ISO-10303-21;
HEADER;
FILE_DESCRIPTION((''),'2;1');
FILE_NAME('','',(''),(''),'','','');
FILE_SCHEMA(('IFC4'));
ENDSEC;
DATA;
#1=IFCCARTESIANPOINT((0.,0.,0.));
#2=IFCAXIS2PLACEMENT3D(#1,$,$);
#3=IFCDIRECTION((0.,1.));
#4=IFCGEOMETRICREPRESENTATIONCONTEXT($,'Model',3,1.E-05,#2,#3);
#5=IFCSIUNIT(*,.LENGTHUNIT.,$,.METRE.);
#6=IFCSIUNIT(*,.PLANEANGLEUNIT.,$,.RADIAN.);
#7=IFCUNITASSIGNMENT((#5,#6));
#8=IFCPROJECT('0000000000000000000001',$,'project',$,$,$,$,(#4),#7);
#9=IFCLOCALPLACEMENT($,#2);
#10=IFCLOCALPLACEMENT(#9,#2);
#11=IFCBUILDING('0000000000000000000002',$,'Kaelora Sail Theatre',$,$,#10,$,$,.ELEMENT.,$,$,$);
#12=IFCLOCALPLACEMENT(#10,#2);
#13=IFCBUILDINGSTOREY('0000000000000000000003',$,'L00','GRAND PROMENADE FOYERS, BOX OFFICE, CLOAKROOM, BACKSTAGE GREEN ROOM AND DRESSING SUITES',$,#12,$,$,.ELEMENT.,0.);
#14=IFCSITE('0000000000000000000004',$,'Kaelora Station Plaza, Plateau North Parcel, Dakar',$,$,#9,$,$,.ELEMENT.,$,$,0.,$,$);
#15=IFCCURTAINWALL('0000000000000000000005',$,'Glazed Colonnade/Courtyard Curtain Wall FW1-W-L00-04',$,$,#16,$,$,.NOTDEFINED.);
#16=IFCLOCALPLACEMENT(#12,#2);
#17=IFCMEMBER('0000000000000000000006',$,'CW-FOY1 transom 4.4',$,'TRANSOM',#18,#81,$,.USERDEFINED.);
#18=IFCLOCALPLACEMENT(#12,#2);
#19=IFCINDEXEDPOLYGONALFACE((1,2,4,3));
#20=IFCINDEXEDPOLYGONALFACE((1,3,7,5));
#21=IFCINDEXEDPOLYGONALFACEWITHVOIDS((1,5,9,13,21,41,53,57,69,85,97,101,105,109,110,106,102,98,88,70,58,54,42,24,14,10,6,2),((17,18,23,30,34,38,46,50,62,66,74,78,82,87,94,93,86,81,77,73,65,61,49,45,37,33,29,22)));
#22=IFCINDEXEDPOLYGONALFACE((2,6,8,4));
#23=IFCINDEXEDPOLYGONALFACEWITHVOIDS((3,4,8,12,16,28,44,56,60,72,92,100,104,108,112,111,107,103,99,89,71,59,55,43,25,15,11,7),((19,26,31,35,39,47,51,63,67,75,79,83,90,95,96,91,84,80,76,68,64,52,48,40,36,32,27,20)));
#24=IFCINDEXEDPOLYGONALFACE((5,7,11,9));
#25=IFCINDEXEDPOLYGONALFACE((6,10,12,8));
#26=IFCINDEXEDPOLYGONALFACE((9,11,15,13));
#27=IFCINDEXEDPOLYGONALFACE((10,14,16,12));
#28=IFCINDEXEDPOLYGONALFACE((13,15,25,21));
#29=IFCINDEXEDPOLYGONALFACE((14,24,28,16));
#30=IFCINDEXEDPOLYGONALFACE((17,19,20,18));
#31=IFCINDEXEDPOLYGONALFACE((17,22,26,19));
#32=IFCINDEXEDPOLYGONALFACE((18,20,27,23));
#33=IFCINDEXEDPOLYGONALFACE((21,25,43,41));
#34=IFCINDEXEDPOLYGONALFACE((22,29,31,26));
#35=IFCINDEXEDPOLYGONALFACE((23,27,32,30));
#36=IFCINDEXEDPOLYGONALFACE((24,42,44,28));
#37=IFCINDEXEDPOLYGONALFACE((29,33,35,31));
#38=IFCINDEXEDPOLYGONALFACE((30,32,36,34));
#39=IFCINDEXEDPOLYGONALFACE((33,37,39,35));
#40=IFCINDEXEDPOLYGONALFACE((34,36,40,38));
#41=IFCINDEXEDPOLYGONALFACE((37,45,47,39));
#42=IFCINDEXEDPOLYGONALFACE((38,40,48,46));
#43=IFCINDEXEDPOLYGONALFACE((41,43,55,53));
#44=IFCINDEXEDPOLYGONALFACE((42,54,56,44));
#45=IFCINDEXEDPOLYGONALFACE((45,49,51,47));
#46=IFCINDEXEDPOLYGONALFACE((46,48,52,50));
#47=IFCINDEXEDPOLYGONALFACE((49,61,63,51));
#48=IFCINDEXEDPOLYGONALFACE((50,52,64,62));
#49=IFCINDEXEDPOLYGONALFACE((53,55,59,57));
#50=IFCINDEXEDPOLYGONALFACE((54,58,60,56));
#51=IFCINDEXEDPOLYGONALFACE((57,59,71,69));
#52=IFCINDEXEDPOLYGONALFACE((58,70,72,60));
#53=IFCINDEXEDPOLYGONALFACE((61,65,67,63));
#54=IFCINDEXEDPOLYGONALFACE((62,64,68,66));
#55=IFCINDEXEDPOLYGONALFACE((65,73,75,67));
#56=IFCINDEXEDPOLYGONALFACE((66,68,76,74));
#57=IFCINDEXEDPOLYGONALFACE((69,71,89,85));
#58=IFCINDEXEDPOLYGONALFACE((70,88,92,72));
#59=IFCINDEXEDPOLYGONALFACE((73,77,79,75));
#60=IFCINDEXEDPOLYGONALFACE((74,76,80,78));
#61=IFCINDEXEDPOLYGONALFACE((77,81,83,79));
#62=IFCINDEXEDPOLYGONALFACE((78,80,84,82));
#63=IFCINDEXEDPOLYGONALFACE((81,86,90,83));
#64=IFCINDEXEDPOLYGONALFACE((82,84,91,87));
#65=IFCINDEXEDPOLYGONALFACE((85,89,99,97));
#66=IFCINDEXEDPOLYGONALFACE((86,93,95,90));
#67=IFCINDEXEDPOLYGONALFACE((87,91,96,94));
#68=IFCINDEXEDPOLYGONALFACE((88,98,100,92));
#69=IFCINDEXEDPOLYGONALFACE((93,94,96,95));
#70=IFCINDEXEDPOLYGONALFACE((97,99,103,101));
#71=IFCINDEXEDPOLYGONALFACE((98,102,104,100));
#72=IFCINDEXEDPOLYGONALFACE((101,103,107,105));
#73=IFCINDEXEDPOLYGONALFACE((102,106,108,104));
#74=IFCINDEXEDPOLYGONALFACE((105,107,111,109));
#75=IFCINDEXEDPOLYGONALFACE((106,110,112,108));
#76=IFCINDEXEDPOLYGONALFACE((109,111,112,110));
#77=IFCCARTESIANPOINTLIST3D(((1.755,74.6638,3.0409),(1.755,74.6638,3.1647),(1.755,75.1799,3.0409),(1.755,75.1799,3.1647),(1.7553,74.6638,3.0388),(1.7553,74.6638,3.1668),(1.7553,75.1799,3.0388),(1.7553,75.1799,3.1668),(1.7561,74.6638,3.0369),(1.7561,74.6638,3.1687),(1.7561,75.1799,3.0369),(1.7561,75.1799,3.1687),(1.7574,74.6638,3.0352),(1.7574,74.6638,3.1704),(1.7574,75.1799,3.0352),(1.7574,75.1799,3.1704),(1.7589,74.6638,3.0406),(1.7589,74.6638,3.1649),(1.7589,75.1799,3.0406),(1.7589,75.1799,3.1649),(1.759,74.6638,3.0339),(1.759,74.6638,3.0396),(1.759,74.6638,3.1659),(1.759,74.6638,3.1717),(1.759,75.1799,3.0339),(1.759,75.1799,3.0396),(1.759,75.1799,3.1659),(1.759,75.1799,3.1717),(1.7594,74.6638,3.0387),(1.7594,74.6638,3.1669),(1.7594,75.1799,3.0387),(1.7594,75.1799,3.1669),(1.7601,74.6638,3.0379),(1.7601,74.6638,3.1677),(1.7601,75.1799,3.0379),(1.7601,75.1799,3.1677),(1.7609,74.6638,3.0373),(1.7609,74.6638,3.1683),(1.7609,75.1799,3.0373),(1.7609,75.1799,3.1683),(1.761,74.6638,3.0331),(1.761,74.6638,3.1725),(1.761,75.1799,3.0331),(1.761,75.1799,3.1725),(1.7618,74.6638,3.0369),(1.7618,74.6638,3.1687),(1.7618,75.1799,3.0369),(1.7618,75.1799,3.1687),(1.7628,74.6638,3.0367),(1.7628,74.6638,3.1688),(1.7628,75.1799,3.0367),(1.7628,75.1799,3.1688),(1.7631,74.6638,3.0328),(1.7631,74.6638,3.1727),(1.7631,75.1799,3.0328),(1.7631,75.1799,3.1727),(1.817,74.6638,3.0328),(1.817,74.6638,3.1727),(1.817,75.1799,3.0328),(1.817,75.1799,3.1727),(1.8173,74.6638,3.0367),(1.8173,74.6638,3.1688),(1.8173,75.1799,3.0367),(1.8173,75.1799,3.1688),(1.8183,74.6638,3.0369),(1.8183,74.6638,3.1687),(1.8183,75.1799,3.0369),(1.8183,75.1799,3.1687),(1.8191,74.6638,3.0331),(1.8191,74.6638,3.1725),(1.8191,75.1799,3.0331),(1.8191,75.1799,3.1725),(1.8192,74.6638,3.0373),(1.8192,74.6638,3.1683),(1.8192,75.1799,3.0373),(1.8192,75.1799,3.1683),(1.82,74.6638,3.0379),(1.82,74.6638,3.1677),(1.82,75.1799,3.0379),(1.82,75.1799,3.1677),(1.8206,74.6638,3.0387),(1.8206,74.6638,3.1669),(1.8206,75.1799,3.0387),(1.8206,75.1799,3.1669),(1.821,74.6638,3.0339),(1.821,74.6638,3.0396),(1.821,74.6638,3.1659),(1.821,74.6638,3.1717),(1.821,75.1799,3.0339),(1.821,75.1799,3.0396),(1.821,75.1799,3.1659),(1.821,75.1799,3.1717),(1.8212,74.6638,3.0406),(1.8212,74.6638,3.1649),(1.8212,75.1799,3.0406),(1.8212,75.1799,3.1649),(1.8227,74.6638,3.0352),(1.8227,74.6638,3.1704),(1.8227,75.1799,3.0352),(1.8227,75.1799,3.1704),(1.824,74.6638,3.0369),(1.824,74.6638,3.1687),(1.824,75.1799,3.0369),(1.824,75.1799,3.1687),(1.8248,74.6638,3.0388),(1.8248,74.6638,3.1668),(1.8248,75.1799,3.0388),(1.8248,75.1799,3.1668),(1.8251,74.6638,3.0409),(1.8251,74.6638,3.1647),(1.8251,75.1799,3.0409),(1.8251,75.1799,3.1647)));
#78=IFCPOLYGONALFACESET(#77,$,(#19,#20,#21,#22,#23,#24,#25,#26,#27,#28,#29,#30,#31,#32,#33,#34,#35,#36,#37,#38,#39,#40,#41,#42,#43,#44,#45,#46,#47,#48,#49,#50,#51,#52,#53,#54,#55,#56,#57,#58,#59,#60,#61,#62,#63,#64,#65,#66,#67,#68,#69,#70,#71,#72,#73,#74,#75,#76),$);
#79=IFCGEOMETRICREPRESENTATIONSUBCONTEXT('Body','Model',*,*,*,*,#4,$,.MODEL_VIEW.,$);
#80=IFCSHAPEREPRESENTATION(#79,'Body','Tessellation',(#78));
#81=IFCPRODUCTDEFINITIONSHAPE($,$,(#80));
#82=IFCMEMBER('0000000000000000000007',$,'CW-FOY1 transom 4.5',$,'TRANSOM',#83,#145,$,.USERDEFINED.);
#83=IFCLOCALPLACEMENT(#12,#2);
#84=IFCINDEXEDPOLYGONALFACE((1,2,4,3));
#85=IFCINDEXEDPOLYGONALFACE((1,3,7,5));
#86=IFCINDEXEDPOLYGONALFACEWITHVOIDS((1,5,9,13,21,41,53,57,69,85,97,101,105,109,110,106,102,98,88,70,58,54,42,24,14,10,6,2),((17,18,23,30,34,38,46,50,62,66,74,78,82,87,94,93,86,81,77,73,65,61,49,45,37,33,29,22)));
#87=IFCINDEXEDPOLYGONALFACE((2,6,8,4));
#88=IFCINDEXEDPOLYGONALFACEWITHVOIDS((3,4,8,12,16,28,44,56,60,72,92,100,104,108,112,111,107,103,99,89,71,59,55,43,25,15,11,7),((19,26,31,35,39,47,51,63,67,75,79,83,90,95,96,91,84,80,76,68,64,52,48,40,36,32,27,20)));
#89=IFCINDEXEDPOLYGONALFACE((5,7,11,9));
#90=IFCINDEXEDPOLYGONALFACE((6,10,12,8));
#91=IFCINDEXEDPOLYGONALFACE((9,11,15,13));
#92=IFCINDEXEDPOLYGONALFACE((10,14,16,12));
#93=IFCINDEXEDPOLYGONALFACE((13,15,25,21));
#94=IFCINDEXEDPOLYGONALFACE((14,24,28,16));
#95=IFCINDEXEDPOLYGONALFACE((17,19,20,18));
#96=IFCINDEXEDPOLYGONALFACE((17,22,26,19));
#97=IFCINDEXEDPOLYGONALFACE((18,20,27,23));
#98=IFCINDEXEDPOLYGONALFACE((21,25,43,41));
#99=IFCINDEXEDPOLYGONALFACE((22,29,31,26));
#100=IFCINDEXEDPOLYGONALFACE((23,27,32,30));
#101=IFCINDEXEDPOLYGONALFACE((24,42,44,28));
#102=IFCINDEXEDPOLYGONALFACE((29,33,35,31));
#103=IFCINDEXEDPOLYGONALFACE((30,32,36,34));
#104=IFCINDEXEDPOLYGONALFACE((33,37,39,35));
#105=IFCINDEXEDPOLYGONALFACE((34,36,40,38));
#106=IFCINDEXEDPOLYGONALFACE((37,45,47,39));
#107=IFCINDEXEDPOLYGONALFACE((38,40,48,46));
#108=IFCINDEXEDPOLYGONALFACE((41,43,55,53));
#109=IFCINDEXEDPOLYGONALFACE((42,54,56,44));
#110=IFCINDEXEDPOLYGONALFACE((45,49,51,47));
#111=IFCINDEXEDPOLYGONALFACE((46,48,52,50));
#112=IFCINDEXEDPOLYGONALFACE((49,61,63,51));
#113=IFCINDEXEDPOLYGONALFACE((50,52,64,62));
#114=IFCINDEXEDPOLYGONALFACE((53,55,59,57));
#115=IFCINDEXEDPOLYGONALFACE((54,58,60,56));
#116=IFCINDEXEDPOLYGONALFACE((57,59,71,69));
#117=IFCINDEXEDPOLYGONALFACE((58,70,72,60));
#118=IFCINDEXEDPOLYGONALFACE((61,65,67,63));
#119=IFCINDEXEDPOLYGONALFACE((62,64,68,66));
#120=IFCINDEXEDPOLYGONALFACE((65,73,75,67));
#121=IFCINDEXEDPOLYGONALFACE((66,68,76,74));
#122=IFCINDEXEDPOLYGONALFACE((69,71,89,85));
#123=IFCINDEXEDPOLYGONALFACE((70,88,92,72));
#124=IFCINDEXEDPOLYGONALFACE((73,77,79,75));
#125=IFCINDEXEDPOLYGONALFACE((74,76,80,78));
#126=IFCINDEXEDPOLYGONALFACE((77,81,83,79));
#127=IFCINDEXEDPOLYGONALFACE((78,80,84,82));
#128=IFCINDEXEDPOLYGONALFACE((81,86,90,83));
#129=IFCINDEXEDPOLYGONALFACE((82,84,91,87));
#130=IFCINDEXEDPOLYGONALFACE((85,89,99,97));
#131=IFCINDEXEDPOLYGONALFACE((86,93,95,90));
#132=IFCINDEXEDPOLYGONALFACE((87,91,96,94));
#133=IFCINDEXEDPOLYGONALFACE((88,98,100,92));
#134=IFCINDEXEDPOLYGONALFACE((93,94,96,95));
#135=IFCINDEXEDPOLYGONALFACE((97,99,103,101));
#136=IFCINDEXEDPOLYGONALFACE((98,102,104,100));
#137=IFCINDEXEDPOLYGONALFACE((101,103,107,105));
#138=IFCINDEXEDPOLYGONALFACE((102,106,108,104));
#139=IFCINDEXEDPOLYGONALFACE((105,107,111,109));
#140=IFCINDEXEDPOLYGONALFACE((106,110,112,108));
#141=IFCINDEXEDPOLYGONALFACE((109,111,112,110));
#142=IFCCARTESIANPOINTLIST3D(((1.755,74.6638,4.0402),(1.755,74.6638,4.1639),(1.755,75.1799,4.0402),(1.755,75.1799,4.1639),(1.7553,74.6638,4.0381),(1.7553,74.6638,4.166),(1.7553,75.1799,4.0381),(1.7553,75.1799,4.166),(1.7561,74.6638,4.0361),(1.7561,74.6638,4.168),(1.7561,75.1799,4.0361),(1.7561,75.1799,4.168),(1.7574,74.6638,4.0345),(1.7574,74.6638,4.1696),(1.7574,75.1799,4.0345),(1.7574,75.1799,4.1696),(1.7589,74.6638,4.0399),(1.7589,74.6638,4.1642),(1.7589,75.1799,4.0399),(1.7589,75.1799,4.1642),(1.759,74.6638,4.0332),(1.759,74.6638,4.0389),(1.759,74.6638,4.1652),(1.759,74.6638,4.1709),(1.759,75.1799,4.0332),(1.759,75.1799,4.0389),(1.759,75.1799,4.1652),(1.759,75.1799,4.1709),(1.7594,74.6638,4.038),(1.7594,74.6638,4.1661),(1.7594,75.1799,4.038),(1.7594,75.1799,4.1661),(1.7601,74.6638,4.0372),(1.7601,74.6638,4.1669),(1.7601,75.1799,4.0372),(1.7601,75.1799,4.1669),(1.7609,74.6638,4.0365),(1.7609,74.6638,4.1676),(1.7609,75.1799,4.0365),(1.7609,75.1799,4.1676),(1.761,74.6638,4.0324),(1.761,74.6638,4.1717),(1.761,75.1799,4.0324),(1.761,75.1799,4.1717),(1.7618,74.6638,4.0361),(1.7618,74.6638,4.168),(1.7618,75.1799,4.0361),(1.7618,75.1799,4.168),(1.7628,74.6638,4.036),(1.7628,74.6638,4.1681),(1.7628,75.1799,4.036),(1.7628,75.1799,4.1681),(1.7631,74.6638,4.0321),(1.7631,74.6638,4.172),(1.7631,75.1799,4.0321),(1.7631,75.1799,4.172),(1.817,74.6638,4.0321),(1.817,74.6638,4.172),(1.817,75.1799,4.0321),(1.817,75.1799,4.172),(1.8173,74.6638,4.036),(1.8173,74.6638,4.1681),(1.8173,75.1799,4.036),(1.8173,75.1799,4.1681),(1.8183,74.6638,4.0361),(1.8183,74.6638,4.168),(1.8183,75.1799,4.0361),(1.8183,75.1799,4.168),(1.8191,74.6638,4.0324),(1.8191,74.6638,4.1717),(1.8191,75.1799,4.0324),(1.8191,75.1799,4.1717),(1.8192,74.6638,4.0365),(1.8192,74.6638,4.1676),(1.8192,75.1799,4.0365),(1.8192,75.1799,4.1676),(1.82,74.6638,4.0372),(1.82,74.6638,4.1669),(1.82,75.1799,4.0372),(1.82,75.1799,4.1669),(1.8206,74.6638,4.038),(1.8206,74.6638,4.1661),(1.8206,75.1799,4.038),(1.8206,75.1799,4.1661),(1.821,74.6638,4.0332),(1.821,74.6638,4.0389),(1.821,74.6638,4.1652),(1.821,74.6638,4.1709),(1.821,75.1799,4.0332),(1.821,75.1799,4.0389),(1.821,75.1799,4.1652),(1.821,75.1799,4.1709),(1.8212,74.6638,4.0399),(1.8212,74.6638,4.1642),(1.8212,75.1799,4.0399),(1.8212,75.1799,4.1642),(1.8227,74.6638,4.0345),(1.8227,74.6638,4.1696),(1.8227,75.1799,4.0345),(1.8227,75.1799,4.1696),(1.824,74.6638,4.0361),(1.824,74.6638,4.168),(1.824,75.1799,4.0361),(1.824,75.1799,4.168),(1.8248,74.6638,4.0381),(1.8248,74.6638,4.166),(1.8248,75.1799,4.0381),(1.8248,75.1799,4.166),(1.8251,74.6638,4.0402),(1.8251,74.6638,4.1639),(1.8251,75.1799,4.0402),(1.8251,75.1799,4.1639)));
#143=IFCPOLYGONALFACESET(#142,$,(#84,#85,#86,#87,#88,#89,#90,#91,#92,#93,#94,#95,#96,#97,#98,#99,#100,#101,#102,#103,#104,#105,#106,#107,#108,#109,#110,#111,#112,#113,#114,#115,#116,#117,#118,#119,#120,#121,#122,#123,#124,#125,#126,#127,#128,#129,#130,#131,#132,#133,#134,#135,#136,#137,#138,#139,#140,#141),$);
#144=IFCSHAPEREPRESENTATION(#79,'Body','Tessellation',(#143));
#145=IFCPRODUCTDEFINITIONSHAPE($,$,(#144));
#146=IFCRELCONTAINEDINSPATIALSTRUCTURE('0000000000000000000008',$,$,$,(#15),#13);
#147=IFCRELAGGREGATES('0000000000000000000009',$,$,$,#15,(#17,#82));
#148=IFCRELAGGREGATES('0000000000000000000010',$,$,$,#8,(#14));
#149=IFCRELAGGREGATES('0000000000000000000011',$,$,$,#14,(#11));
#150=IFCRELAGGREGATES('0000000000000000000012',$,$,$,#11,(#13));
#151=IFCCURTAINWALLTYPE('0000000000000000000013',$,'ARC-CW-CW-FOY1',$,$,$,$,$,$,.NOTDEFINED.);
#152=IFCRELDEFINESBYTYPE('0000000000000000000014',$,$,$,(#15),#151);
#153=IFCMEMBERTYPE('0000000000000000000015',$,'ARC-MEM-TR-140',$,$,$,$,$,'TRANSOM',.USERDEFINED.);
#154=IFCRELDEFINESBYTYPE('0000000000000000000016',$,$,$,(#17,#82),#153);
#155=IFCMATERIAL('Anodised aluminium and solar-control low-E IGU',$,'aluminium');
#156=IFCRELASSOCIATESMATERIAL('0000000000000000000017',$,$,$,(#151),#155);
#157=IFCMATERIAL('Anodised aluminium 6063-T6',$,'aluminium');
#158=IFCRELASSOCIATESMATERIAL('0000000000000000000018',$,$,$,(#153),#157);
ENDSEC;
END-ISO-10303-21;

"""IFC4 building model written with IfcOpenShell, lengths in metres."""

from ifc_helpers import new_model, si_unit, direction, frame, origin, origin_2d, place, context, subcontext, project, spatial, hollow_rectangle, extrude, material, material_profile, profile_set, type_object, element, aggregate, save


model = new_model("IFC4")

# Units and contexts
model_context = context("Model", 3, precision=1e-05, world=origin(), true_north=direction((0.0, 1.0)))
body_context = subcontext(model_context, "Body", "Model", "MODEL_VIEW")
ifc_project = project(units=[si_unit("LENGTHUNIT", "METRE"), si_unit("PLANEANGLEUNIT", "RADIAN")], contexts=[model_context])

# Site, building, storey
site_placement = place(None, origin())
site = spatial("IfcSite", under=ifc_project, at=site_placement, Name="Kaelora Station Plaza, Plateau North Parcel, Dakar", CompositionType="ELEMENT", RefElevation=0.0)
building_placement = place(site_placement, origin())
building = spatial("IfcBuilding", under=site, at=building_placement, Name="Kaelora Sail Theatre", CompositionType="ELEMENT")
storey_placement = place(building_placement, origin())
storey = spatial("IfcBuildingStorey", under=building, at=storey_placement, Name="L00", Description="GRAND PROMENADE FOYERS, BOX OFFICE, CLOAKROOM, BACKSTAGE GREEN ROOM AND DRESSING SUITES", CompositionType="ELEMENT", Elevation=0.0)

# Curtain wall
ifc_material_1 = material(Name="Anodised aluminium and solar-control low-E IGU", Category="aluminium")
curtain_wall_type = type_object("IfcCurtainWallType", Name="ARC-CW-CW-FOY1", PredefinedType="NOTDEFINED", material=ifc_material_1)
curtain_wall_1_placement = place(storey_placement, origin())
curtain_wall_1 = element("IfcCurtainWall", 1, at=curtain_wall_1_placement, inside=storey, type_object=curtain_wall_type, Name="Glazed Colonnade/Courtyard Curtain Wall FW1-W-L00-04", PredefinedType="NOTDEFINED")

# Members
ifc_material_2 = material(Name="Anodised aluminium 6063-T6", Category="aluminium")
ifc_material_profile_1 = material_profile(ifc_material_2, hollow_rectangle(XDim=0.0701, YDim=0.1399, WallThickness=0.0039, InnerFilletRadius=0.0039, OuterFilletRadius=0.0081, at=origin_2d()), Name="ALU-TRAN 70x140x4")
ifc_profile_set_1 = profile_set([ifc_material_profile_1], Name="Anodised aluminium 6063-T6")
member_type_1 = type_object("IfcMemberType", Name="ARC-MEM-TR-140", ElementType="TRANSOM", PredefinedType="USERDEFINED", material=ifc_profile_set_1)
member_1_placement = place(storey_placement, frame((1.79, 74.6638, 3.1028), z_axis=(0.0, 1.0, 0.0), x_axis=(-1.0, 0.0, 0.0)))
member_1 = element("IfcMember", 2, at=member_1_placement, type_object=member_type_1, Name="CW-FOY1 transom 4.4", ObjectType="TRANSOM", PredefinedType="USERDEFINED", context=body_context, shape_type="SweptSolid", body=[
    extrude(hollow_rectangle(XDim=0.0701, YDim=0.1399, WallThickness=0.0039, InnerFilletRadius=0.0039, OuterFilletRadius=0.0081, at=origin_2d()), origin(), (0.0, 0.0, 1.0), 0.5161),
])
member_2_placement = place(storey_placement, frame((1.79, 74.6638, 4.1021), z_axis=(0.0, 1.0, 0.0), x_axis=(-1.0, 0.0, 0.0)))
member_2 = element("IfcMember", 3, at=member_2_placement, type_object=member_type_1, Name="CW-FOY1 transom 4.5", ObjectType="TRANSOM", PredefinedType="USERDEFINED", context=body_context, shape_type="SweptSolid", body=[
    extrude(hollow_rectangle(XDim=0.0701, YDim=0.1399, WallThickness=0.0039, InnerFilletRadius=0.0039, OuterFilletRadius=0.0081, at=origin_2d()), origin(), (0.0, 0.0, 1.0), 0.5161),
])

aggregate(curtain_wall_1, [member_1, member_2])

save(model, "model.ifc")
